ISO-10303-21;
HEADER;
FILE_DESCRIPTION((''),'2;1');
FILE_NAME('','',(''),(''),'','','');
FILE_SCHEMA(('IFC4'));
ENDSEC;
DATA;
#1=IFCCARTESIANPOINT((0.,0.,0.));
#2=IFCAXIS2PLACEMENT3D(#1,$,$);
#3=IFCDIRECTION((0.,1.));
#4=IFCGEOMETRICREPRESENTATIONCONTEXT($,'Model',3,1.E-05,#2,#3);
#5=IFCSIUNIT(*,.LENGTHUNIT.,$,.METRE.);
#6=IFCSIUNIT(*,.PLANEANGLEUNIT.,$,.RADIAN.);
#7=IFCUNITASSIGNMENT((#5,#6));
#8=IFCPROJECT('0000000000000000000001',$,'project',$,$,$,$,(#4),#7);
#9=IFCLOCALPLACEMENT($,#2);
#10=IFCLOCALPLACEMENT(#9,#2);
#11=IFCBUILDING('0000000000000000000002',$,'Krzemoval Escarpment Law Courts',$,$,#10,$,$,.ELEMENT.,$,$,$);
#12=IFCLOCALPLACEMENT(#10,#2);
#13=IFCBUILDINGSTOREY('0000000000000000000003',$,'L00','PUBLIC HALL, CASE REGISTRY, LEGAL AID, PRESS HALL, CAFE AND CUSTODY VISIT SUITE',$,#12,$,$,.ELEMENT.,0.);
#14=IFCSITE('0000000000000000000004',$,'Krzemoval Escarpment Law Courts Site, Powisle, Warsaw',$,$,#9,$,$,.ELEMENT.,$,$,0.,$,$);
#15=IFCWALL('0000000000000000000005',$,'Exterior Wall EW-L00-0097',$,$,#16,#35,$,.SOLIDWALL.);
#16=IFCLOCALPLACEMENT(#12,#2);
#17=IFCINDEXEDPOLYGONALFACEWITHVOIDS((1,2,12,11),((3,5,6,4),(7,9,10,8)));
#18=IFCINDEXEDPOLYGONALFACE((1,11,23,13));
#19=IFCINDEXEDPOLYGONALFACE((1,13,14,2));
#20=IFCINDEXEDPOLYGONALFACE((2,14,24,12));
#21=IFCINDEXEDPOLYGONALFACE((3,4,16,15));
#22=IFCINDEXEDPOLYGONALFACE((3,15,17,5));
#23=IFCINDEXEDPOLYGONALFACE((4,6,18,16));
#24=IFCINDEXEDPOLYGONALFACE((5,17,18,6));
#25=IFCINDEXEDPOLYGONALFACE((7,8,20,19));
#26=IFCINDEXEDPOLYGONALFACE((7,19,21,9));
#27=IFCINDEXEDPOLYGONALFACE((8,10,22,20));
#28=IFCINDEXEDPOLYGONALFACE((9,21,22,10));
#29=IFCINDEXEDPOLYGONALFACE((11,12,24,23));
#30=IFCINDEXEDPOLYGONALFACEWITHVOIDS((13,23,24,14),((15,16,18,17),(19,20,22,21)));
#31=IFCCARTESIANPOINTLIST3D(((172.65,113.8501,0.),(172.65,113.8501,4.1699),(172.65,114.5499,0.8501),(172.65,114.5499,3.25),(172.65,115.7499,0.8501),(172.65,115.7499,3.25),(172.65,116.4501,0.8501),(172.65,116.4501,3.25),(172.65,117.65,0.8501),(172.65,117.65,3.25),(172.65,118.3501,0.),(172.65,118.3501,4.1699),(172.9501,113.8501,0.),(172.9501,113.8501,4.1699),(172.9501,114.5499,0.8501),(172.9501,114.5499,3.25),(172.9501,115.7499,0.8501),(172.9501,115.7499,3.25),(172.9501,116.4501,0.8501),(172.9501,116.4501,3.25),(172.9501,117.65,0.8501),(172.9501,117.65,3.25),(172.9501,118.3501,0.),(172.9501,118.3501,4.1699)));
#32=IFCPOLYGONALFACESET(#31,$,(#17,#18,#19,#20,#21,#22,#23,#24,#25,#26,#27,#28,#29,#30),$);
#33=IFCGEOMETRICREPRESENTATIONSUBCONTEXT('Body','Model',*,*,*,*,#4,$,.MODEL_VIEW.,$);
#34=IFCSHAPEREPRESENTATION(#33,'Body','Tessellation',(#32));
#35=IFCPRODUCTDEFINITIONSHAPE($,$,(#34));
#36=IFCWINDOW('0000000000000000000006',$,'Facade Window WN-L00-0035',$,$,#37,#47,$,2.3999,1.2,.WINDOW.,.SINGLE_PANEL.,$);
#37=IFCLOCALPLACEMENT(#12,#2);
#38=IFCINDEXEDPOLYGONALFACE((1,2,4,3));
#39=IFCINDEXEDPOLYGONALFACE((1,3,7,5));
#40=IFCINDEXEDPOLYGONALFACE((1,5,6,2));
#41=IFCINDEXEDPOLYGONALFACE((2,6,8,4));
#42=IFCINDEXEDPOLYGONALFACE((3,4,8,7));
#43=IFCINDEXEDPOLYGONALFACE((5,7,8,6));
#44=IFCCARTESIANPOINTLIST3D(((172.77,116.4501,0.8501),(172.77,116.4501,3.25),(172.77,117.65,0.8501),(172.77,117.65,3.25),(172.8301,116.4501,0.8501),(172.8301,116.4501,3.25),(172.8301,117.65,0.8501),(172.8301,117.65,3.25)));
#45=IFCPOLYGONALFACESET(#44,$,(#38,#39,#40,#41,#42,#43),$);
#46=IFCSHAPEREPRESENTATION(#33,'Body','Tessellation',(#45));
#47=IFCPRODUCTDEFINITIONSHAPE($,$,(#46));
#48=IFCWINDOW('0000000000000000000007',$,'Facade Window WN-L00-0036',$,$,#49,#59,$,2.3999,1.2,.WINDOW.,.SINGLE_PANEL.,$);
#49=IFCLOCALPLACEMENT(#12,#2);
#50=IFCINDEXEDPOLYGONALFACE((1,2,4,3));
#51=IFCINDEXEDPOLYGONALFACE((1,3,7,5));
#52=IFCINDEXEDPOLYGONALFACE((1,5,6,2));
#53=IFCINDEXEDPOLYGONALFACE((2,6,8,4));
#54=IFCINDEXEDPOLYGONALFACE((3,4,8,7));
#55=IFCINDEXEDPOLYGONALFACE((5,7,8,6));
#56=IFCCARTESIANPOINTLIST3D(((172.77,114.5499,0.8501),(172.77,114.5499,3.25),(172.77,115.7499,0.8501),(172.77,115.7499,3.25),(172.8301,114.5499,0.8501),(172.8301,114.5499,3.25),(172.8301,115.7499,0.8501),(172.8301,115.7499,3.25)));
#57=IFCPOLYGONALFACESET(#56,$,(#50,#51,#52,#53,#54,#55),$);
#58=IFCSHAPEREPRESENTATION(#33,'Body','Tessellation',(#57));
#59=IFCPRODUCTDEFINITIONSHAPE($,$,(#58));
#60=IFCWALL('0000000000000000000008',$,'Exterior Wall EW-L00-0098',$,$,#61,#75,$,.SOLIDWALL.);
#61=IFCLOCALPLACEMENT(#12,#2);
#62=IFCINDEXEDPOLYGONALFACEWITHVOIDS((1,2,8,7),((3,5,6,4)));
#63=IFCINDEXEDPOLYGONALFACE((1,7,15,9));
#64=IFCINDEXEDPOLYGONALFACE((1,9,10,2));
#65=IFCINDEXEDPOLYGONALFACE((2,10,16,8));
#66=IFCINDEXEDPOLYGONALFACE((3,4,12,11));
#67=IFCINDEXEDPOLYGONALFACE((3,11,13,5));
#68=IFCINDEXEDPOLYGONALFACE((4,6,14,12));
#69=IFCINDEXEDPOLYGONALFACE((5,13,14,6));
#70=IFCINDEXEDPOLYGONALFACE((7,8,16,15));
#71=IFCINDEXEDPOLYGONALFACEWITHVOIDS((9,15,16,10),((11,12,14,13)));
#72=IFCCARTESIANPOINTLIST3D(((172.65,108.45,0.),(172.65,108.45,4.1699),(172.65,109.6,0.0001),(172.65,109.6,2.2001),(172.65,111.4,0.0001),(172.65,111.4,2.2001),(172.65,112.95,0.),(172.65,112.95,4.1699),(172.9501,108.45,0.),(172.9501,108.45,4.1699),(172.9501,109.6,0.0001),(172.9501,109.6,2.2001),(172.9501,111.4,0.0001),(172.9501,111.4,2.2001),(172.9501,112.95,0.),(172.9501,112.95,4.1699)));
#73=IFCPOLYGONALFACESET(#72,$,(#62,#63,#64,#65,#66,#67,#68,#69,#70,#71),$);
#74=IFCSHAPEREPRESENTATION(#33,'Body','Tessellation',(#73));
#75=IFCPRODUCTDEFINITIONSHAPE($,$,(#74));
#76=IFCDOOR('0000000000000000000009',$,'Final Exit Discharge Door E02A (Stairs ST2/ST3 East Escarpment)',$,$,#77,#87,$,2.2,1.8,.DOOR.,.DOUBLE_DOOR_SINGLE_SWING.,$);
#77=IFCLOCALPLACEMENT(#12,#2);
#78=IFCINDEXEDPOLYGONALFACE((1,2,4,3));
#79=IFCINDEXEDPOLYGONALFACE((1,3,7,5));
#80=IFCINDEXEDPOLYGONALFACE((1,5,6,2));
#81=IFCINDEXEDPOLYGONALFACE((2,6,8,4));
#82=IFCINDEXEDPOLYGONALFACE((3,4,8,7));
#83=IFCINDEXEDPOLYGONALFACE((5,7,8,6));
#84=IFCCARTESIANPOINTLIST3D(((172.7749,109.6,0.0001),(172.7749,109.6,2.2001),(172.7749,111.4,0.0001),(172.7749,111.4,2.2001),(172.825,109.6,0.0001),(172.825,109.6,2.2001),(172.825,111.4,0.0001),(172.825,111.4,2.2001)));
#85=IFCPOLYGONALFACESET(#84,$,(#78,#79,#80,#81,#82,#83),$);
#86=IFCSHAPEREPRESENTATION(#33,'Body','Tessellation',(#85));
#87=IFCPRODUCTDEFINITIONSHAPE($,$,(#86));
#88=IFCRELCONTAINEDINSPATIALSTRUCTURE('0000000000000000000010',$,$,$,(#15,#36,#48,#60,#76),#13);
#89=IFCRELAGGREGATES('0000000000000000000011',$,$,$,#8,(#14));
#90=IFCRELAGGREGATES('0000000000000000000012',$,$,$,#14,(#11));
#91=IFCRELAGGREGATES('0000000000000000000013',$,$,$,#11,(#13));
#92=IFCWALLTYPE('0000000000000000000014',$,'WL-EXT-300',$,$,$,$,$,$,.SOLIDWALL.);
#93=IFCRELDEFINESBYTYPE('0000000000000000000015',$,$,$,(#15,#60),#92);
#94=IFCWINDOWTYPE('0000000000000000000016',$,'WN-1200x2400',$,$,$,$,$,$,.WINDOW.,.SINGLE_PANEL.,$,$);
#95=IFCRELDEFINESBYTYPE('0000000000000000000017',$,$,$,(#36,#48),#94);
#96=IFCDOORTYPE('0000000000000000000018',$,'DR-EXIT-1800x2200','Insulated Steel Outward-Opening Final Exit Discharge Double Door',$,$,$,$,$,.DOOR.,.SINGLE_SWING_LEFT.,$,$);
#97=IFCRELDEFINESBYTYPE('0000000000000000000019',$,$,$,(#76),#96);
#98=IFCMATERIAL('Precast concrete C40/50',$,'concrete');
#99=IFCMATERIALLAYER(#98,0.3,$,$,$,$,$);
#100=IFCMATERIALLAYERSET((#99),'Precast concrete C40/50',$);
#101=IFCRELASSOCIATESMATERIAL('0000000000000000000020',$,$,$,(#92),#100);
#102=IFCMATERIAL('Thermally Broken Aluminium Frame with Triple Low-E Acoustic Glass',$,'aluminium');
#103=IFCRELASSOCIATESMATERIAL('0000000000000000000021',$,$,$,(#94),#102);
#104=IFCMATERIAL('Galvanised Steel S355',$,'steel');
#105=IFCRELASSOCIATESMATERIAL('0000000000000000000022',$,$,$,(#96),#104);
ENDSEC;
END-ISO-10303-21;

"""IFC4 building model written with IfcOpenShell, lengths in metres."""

from ifc_helpers import new_model, si_unit, direction, frame, frame_2d, origin, place, context, subcontext, project, spatial, rectangle, extrude, material, layer, layer_set, type_object, element, fill, save


model = new_model("IFC4")

# Units and contexts
model_context = context("Model", 3, precision=1e-05, world=origin(), true_north=direction((0.0, 1.0)))
body_context = subcontext(model_context, "Body", "Model", "MODEL_VIEW")
ifc_project = project(units=[si_unit("LENGTHUNIT", "METRE"), si_unit("PLANEANGLEUNIT", "RADIAN")], contexts=[model_context])

# Site, building, storey
site_placement = place(None, origin())
site = spatial("IfcSite", under=ifc_project, at=site_placement, Name="Krzemoval Escarpment Law Courts Site, Powisle, Warsaw", CompositionType="ELEMENT", RefElevation=0.0)
building_placement = place(site_placement, origin())
building = spatial("IfcBuilding", under=site, at=building_placement, Name="Krzemoval Escarpment Law Courts", CompositionType="ELEMENT")
storey_placement = place(building_placement, origin())
storey = spatial("IfcBuildingStorey", under=building, at=storey_placement, Name="L00", Description="PUBLIC HALL, CASE REGISTRY, LEGAL AID, PRESS HALL, CAFE AND CUSTODY VISIT SUITE", CompositionType="ELEMENT", Elevation=0.0)

# Shared definitions
ifc_material_1 = material(Name="Precast concrete C40/50", Category="concrete")
ifc_layer = layer(ifc_material_1, 0.3)
ifc_layer_set = layer_set([ifc_layer], Name="Precast concrete C40/50")
wall_type = type_object("IfcWallType", Name="WL-EXT-300", PredefinedType="SOLIDWALL", material=ifc_layer_set)

# Wall, openings, windows
wall_1_placement = place(storey_placement, frame((172.8, 118.3501, 0.0), z_axis=(0.0, 0.0, 1.0), x_axis=(0.0, -1.0, 0.0)))
wall_1 = element("IfcWall", 1, at=wall_1_placement, inside=storey, type_object=wall_type, Name="Exterior Wall EW-L00-0097", PredefinedType="SOLIDWALL", context=body_context, shape_type="SweptSolid", body=[
    extrude(rectangle(XDim=4.5, YDim=0.3, at=frame_2d((2.25, 0.0))), origin(), (0.0, 0.0, 1.0), 4.1699),
])
opening_1_placement = place(wall_1_placement, frame((0.7, 0.0, 0.8501)))
opening_1 = element("IfcOpeningElement", 2, at=opening_1_placement, cuts=wall_1, PredefinedType="OPENING", context=body_context, shape_type="SweptSolid", body=[
    extrude(rectangle(XDim=1.2, YDim=2.3999, at=frame_2d((0.6001, 1.2))), frame((0.0, 0.165, 0.0), z_axis=(0.0, -1.0, 0.0), x_axis=(1.0, 0.0, 0.0)), (0.0, 0.0, 1.0), 0.3301),
])
opening_2_placement = place(wall_1_placement, frame((2.6001, 0.0, 0.8501)))
opening_2 = element("IfcOpeningElement", 3, at=opening_2_placement, cuts=wall_1, PredefinedType="OPENING", context=body_context, shape_type="SweptSolid", body=[
    extrude(rectangle(XDim=1.2, YDim=2.3999, at=frame_2d((0.6001, 1.2))), frame((0.0, 0.165, 0.0), z_axis=(0.0, -1.0, 0.0), x_axis=(1.0, 0.0, 0.0)), (0.0, 0.0, 1.0), 0.3301),
])
ifc_material_2 = material(Name="Thermally Broken Aluminium Frame with Triple Low-E Acoustic Glass", Category="aluminium")
window_type = type_object("IfcWindowType", Name="WN-1200x2400", PartitioningType="SINGLE_PANEL", PredefinedType="WINDOW", material=ifc_material_2)
window_1_placement = place(opening_1_placement, origin())
window_1 = element("IfcWindow", 4, at=window_1_placement, inside=storey, type_object=window_type, Name="Facade Window WN-L00-0035", OverallHeight=2.3999, OverallWidth=1.2, PartitioningType="SINGLE_PANEL", PredefinedType="WINDOW", context=body_context, shape_type="SweptSolid", body=[
    extrude(rectangle(XDim=1.2, YDim=2.3999, at=frame_2d((0.6001, 1.2))), frame((0.0, 0.03, 0.0), z_axis=(0.0, -1.0, 0.0), x_axis=(1.0, 0.0, 0.0)), (0.0, 0.0, 1.0), 0.0601),
])
fill(opening_1, window_1)
window_2_placement = place(opening_2_placement, origin())
window_2 = element("IfcWindow", 5, at=window_2_placement, inside=storey, type_object=window_type, Name="Facade Window WN-L00-0036", OverallHeight=2.3999, OverallWidth=1.2, PartitioningType="SINGLE_PANEL", PredefinedType="WINDOW", context=body_context, shape_type="SweptSolid", body=[
    extrude(rectangle(XDim=1.2, YDim=2.3999, at=frame_2d((0.6001, 1.2))), frame((0.0, 0.03, 0.0), z_axis=(0.0, -1.0, 0.0), x_axis=(1.0, 0.0, 0.0)), (0.0, 0.0, 1.0), 0.0601),
])
fill(opening_2, window_2)

# Wall, opening, door
wall_2_placement = place(storey_placement, frame((172.8, 112.95, 0.0), z_axis=(0.0, 0.0, 1.0), x_axis=(0.0, -1.0, 0.0)))
wall_2 = element("IfcWall", 6, at=wall_2_placement, inside=storey, type_object=wall_type, Name="Exterior Wall EW-L00-0098", PredefinedType="SOLIDWALL", context=body_context, shape_type="SweptSolid", body=[
    extrude(rectangle(XDim=4.5, YDim=0.3, at=frame_2d((2.25, 0.0))), origin(), (0.0, 0.0, 1.0), 4.1699),
])
opening_3_placement = place(wall_2_placement, frame((1.55, 0.0, 0.0)))
opening_3 = element("IfcOpeningElement", 7, at=opening_3_placement, cuts=wall_2, PredefinedType="OPENING", context=body_context, shape_type="SweptSolid", body=[
    extrude(rectangle(XDim=1.8, YDim=2.2, at=frame_2d((0.8999, 1.1001))), frame((0.0, 0.165, 0.0), z_axis=(0.0, -1.0, 0.0), x_axis=(1.0, 0.0, 0.0)), (0.0, 0.0, 1.0), 0.3301),
])
ifc_material_3 = material(Name="Galvanised Steel S355", Category="steel")
door_type_1 = type_object("IfcDoorType", Name="DR-EXIT-1800x2200", Description="Insulated Steel Outward-Opening Final Exit Discharge Double Door", OperationType="SINGLE_SWING_LEFT", PredefinedType="DOOR", material=ifc_material_3)
door_1_placement = place(opening_3_placement, origin())
door_1 = element("IfcDoor", 8, at=door_1_placement, inside=storey, type_object=door_type_1, Name="Final Exit Discharge Door E02A (Stairs ST2/ST3 East Escarpment)", OperationType="DOUBLE_DOOR_SINGLE_SWING", OverallHeight=2.2, OverallWidth=1.8, PredefinedType="DOOR", context=body_context, shape_type="SweptSolid", body=[
    extrude(rectangle(XDim=1.8, YDim=2.2, at=frame_2d((0.8999, 1.1001))), frame((0.0, 0.0249, 0.0), z_axis=(0.0, -1.0, 0.0), x_axis=(1.0, 0.0, 0.0)), (0.0, 0.0, 1.0), 0.05),
])
fill(opening_3, door_1)

save(model, "model.ifc")
